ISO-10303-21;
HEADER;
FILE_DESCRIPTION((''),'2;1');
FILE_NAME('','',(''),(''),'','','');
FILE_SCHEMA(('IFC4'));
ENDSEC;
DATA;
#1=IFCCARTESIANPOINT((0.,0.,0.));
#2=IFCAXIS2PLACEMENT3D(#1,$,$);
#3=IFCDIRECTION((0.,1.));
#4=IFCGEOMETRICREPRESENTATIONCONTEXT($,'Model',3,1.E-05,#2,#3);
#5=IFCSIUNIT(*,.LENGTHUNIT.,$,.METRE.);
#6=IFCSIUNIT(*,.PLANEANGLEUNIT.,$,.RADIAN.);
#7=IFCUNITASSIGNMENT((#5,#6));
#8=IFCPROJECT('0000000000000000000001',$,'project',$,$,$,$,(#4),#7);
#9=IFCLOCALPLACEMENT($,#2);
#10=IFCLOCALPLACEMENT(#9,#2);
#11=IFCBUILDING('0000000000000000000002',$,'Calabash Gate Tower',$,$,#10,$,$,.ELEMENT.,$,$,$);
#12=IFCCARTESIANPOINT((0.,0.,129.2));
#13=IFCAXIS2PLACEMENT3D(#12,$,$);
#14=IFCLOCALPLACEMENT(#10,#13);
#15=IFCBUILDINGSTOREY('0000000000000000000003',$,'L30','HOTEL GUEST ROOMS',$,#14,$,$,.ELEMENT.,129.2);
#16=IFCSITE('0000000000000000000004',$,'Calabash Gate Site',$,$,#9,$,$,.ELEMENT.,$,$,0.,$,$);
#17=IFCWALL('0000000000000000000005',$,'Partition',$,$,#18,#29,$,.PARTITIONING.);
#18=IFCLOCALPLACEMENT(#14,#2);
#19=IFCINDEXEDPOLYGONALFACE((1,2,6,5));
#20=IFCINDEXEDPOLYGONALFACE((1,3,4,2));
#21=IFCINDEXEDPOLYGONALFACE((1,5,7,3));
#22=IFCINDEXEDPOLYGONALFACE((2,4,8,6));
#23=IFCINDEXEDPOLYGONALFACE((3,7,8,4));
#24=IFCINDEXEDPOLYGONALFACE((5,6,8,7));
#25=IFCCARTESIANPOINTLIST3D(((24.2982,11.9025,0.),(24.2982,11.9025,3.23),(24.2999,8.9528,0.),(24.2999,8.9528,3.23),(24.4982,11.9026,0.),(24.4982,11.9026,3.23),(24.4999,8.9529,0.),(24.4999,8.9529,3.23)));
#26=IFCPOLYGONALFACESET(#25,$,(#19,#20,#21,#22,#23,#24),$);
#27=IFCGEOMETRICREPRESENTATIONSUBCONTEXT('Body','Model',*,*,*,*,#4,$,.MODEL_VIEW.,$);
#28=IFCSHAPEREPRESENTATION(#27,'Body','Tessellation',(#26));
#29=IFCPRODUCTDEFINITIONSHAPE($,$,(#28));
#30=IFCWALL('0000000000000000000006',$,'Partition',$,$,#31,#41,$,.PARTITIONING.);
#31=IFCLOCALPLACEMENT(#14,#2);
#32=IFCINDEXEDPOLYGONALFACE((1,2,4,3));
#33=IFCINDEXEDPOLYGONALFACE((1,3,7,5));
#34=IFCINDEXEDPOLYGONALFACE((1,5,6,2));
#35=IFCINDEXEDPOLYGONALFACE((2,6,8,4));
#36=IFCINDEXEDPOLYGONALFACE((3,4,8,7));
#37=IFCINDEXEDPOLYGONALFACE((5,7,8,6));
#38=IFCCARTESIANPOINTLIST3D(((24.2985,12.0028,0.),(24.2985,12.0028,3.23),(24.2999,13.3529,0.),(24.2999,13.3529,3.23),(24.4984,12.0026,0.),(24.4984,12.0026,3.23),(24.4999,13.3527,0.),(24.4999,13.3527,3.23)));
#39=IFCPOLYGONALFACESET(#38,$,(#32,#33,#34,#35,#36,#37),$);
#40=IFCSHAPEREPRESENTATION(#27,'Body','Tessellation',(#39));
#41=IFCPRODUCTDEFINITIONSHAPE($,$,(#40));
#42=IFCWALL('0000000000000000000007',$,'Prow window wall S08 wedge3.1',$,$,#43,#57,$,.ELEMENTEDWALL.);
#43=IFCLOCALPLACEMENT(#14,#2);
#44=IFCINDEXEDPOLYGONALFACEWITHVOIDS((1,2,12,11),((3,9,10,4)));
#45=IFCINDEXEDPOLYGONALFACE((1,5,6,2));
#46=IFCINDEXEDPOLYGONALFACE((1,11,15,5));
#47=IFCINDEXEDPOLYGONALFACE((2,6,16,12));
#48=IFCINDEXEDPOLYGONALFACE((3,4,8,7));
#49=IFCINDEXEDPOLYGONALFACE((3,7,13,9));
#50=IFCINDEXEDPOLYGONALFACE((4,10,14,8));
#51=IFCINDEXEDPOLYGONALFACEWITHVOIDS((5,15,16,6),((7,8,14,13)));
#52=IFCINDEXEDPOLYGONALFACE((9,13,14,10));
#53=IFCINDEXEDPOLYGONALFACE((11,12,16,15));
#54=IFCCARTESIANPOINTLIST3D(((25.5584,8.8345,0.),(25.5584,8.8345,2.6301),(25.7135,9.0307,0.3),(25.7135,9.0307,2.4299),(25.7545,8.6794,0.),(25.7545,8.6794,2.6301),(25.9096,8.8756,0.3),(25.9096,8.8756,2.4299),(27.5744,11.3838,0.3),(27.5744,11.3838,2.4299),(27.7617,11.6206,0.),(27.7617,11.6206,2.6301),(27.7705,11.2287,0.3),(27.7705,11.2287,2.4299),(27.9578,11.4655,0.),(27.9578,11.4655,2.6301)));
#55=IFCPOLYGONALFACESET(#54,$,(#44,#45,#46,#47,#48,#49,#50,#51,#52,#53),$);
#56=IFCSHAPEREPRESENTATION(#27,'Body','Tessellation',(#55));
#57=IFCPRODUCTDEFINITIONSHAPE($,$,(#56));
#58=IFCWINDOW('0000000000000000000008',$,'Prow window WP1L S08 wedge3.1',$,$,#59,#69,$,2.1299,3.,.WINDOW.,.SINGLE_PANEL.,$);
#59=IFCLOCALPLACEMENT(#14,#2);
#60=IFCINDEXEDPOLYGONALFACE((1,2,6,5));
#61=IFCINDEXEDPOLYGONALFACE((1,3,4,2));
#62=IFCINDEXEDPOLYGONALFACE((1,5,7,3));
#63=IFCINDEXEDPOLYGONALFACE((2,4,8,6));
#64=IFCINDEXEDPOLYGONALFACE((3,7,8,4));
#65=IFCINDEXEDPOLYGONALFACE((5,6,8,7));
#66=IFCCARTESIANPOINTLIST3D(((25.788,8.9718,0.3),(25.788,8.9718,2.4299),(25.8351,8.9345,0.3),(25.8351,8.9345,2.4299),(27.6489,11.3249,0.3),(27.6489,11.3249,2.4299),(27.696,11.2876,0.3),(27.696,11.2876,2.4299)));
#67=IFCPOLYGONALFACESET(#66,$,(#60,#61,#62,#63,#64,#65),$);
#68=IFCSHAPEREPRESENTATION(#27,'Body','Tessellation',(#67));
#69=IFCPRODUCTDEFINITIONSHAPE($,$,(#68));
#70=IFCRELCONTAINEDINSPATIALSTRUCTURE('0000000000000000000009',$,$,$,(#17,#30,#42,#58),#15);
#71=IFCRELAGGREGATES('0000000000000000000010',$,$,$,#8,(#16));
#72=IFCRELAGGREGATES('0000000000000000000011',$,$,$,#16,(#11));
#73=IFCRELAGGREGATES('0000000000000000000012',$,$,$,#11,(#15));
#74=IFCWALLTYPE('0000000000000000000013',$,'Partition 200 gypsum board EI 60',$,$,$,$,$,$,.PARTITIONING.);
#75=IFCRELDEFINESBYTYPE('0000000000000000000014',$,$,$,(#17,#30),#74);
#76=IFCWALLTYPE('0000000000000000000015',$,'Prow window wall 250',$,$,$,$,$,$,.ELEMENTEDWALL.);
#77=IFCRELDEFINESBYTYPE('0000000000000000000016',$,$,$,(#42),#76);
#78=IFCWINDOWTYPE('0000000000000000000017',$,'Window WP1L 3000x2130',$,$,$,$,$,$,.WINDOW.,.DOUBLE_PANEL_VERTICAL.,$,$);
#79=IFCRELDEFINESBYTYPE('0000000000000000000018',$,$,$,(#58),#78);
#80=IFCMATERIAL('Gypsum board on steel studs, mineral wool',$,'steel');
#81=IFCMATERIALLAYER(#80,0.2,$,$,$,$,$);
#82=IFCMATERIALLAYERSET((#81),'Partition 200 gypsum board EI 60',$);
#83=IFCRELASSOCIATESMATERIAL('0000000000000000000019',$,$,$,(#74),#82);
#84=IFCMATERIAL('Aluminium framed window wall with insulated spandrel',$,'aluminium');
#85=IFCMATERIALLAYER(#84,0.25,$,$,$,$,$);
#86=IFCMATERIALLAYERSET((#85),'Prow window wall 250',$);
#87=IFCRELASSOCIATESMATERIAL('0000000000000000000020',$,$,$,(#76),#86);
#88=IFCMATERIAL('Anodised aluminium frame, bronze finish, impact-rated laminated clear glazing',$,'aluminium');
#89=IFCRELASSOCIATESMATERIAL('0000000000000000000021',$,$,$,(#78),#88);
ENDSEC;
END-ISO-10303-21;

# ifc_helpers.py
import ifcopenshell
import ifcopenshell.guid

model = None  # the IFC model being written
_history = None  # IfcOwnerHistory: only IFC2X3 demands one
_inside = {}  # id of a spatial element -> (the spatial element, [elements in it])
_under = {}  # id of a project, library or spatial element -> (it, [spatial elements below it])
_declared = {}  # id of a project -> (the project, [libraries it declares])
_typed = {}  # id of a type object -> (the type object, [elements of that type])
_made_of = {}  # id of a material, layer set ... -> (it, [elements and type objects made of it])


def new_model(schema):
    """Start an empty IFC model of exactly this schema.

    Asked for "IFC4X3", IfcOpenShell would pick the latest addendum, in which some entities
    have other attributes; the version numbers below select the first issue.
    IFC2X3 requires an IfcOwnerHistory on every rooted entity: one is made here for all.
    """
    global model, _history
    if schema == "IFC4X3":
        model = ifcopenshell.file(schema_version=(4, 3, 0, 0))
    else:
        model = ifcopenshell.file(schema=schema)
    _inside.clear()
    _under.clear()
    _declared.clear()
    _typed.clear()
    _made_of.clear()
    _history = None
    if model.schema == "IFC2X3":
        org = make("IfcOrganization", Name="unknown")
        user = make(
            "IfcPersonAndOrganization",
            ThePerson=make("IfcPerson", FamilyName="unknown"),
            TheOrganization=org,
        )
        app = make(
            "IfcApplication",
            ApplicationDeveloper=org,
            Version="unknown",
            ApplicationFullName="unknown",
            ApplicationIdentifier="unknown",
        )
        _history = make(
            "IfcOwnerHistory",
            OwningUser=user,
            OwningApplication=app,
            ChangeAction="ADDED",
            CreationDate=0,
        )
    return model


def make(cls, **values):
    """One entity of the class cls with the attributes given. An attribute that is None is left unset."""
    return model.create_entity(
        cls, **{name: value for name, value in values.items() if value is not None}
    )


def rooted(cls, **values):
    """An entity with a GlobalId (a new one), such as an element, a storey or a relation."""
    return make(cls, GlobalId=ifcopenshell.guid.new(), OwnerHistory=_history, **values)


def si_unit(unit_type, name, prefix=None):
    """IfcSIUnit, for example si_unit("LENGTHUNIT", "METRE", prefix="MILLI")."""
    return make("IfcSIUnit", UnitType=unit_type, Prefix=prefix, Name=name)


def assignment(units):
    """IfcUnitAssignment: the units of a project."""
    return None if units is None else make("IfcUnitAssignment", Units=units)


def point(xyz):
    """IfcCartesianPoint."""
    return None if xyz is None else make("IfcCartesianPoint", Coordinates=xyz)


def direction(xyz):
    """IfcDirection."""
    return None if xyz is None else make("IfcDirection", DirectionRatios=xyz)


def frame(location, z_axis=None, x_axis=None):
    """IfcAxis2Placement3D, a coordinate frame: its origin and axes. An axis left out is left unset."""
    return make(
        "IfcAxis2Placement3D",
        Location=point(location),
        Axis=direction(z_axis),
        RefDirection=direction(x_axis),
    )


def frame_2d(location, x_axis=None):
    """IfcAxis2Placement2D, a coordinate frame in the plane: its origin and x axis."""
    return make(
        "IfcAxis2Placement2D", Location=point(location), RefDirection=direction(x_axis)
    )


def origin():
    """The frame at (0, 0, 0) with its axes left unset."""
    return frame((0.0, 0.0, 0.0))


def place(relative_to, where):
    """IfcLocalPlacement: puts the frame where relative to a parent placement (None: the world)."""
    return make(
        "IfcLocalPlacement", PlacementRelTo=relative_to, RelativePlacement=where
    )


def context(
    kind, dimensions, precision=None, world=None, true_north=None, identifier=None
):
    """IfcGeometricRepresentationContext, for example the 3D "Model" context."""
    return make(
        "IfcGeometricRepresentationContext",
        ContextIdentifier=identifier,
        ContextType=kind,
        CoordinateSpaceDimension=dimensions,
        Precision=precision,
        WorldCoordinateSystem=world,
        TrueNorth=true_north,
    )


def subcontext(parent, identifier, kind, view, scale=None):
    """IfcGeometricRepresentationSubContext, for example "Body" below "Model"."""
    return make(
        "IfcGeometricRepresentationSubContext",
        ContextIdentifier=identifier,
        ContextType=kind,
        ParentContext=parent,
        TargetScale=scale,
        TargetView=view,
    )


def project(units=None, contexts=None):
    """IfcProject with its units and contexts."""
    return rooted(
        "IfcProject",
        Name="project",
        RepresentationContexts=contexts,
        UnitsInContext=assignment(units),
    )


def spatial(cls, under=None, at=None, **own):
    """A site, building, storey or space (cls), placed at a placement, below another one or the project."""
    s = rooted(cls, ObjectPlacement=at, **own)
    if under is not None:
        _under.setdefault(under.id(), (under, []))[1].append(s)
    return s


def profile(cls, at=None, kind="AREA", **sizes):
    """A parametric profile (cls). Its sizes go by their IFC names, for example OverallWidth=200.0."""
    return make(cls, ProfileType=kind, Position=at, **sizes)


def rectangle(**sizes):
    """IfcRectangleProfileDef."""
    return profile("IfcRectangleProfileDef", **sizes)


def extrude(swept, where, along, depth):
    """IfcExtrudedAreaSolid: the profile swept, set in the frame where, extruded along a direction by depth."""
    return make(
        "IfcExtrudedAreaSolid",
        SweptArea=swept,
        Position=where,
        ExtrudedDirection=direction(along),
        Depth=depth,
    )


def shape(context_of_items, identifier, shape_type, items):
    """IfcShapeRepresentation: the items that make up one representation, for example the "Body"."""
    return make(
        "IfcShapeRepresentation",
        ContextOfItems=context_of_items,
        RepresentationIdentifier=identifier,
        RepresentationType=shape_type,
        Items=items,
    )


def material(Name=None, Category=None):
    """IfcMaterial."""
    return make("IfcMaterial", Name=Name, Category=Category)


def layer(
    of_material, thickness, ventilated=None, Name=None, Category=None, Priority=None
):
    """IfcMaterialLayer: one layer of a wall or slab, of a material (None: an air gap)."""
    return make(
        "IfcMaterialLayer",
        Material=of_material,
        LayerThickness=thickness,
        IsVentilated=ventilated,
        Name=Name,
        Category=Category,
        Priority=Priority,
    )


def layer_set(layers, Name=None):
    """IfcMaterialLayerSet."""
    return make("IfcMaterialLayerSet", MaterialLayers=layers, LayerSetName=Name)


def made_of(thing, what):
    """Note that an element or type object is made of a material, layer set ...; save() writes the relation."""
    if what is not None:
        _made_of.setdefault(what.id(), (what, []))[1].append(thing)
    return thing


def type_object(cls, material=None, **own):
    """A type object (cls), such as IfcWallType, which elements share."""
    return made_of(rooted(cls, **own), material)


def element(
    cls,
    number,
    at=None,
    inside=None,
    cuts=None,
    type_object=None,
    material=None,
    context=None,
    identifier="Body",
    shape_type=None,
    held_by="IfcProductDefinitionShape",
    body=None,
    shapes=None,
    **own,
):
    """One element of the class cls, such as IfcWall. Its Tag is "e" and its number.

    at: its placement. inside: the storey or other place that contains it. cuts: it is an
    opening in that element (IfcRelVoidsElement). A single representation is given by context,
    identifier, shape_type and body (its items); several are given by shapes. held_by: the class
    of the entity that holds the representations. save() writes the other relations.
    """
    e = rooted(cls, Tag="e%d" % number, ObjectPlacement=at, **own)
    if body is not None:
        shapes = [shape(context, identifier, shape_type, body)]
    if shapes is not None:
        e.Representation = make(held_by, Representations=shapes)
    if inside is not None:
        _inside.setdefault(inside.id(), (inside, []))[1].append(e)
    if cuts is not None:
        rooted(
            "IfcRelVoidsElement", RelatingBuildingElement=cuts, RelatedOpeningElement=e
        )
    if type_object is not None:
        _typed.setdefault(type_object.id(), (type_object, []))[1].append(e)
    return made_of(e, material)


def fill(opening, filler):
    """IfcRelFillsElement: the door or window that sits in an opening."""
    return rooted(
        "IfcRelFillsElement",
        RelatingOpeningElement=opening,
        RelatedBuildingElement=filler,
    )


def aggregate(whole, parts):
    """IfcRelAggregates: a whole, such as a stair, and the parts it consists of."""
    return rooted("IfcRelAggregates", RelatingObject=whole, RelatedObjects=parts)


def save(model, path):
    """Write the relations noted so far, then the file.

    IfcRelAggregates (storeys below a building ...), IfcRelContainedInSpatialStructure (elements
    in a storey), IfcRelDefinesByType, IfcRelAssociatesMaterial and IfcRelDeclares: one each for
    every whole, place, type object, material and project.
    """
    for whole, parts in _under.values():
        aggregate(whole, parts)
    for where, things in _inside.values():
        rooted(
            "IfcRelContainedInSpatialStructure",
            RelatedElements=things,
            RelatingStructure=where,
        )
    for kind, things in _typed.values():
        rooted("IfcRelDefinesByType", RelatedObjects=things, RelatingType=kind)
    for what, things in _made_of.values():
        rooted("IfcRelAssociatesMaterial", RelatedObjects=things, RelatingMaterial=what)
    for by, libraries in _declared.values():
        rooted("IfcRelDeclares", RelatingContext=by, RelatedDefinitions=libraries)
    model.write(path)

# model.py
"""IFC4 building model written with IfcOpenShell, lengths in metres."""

from ifc_helpers import new_model, si_unit, direction, frame, frame_2d, origin, place, context, subcontext, project, spatial, rectangle, extrude, material, layer, layer_set, type_object, element, fill, save


model = new_model("IFC4")

# Units and contexts
model_context = context("Model", 3, precision=1e-05, world=origin(), true_north=direction((0.0, 1.0)))
body_context = subcontext(model_context, "Body", "Model", "MODEL_VIEW")
ifc_project = project(units=[si_unit("LENGTHUNIT", "METRE"), si_unit("PLANEANGLEUNIT", "RADIAN")], contexts=[model_context])

# Site, building, storey
site_placement = place(None, origin())
site = spatial("IfcSite", under=ifc_project, at=site_placement, Name="Calabash Gate Site", CompositionType="ELEMENT", RefElevation=0.0)
building_placement = place(site_placement, origin())
building = spatial("IfcBuilding", under=site, at=building_placement, Name="Calabash Gate Tower", CompositionType="ELEMENT")
storey_placement = place(building_placement, frame((0.0, 0.0, 129.2)))
storey = spatial("IfcBuildingStorey", under=building, at=storey_placement, Name="L30", Description="HOTEL GUEST ROOMS", CompositionType="ELEMENT", Elevation=129.2)

# Walls
ifc_material_1 = material(Name="Gypsum board on steel studs, mineral wool", Category="steel")
ifc_layer_1 = layer(ifc_material_1, 0.2)
ifc_layer_set_1 = layer_set([ifc_layer_1], Name="Partition 200 gypsum board EI 60")
wall_type_1 = type_object("IfcWallType", Name="Partition 200 gypsum board EI 60", PredefinedType="PARTITIONING", material=ifc_layer_set_1)
wall_1_placement = place(storey_placement, frame((24.3982, 11.9026, 0.0), z_axis=(0.0, 0.0, 1.0), x_axis=(0.000579, -1.0, 0.0)))
element("IfcWall", 1, at=wall_1_placement, inside=storey, type_object=wall_type_1, Name="Partition", PredefinedType="PARTITIONING", context=body_context, shape_type="SweptSolid", body=[
    extrude(rectangle(XDim=2.9497, YDim=0.2, at=frame_2d((1.4749, 0.0))), origin(), (0.0, 0.0, 1.0), 3.23),
])
wall_2_placement = place(storey_placement, frame((24.3984, 12.0027, 0.0), z_axis=(0.0, 0.0, 1.0), x_axis=(0.001085, 0.999999, 0.0)))
element("IfcWall", 2, at=wall_2_placement, inside=storey, type_object=wall_type_1, Name="Partition", PredefinedType="PARTITIONING", context=body_context, shape_type="SweptSolid", body=[
    extrude(rectangle(XDim=1.3501, YDim=0.2, at=frame_2d((0.675, 0.0))), origin(), (0.0, 0.0, 1.0), 3.23),
])

# Wall, opening, window
ifc_material_2 = material(Name="Aluminium framed window wall with insulated spandrel", Category="aluminium")
ifc_layer_2 = layer(ifc_material_2, 0.25)
ifc_layer_set_2 = layer_set([ifc_layer_2], Name="Prow window wall 250")
wall_type_2 = type_object("IfcWallType", Name="Prow window wall 250", PredefinedType="ELEMENTEDWALL", material=ifc_layer_set_2)
wall_3_placement = place(storey_placement, frame((25.6565, 8.7571, 0.0), z_axis=(0.0, 0.0, 1.0), x_axis=(0.620301, 0.784363, 0.0)))
wall_3 = element("IfcWall", 3, at=wall_3_placement, inside=storey, type_object=wall_type_2, Name="Prow window wall S08 wedge3.1", PredefinedType="ELEMENTEDWALL", context=body_context, shape_type="SweptSolid", body=[
    extrude(rectangle(XDim=3.552, YDim=0.25, at=frame_2d((1.7759, 0.0))), origin(), (0.0, 0.0, 1.0), 2.6301),
])
opening_placement = place(wall_3_placement, frame((0.25, 0.0, 0.3)))
opening = element("IfcOpeningElement", 4, at=opening_placement, cuts=wall_3, PredefinedType="OPENING", context=body_context, shape_type="SweptSolid", body=[
    extrude(rectangle(XDim=3.0, YDim=2.1299, at=frame_2d((1.5, 1.0649))), frame((0.0, 0.135, 0.0), z_axis=(0.0, -1.0, 0.0), x_axis=(1.0, 0.0, 0.0)), (0.0, 0.0, 1.0), 0.27),
])
ifc_material_3 = material(Name="Anodised aluminium frame, bronze finish, impact-rated laminated clear glazing", Category="aluminium")
window_type = type_object("IfcWindowType", Name="Window WP1L 3000x2130", PartitioningType="DOUBLE_PANEL_VERTICAL", PredefinedType="WINDOW", material=ifc_material_3)
window_placement = place(opening_placement, origin())
window = element("IfcWindow", 5, at=window_placement, inside=storey, type_object=window_type, Name="Prow window WP1L S08 wedge3.1", OverallHeight=2.1299, OverallWidth=3.0, PartitioningType="SINGLE_PANEL", PredefinedType="WINDOW", context=body_context, shape_type="SweptSolid", body=[
    extrude(rectangle(XDim=3.0, YDim=2.1299, at=frame_2d((1.5, 1.0649))), frame((0.0, 0.03, 0.0), z_axis=(0.0, -1.0, 0.0), x_axis=(1.0, 0.0, 0.0)), (0.0, 0.0, 1.0), 0.0601),
])
fill(opening, window)

save(model, "model.ifc")
